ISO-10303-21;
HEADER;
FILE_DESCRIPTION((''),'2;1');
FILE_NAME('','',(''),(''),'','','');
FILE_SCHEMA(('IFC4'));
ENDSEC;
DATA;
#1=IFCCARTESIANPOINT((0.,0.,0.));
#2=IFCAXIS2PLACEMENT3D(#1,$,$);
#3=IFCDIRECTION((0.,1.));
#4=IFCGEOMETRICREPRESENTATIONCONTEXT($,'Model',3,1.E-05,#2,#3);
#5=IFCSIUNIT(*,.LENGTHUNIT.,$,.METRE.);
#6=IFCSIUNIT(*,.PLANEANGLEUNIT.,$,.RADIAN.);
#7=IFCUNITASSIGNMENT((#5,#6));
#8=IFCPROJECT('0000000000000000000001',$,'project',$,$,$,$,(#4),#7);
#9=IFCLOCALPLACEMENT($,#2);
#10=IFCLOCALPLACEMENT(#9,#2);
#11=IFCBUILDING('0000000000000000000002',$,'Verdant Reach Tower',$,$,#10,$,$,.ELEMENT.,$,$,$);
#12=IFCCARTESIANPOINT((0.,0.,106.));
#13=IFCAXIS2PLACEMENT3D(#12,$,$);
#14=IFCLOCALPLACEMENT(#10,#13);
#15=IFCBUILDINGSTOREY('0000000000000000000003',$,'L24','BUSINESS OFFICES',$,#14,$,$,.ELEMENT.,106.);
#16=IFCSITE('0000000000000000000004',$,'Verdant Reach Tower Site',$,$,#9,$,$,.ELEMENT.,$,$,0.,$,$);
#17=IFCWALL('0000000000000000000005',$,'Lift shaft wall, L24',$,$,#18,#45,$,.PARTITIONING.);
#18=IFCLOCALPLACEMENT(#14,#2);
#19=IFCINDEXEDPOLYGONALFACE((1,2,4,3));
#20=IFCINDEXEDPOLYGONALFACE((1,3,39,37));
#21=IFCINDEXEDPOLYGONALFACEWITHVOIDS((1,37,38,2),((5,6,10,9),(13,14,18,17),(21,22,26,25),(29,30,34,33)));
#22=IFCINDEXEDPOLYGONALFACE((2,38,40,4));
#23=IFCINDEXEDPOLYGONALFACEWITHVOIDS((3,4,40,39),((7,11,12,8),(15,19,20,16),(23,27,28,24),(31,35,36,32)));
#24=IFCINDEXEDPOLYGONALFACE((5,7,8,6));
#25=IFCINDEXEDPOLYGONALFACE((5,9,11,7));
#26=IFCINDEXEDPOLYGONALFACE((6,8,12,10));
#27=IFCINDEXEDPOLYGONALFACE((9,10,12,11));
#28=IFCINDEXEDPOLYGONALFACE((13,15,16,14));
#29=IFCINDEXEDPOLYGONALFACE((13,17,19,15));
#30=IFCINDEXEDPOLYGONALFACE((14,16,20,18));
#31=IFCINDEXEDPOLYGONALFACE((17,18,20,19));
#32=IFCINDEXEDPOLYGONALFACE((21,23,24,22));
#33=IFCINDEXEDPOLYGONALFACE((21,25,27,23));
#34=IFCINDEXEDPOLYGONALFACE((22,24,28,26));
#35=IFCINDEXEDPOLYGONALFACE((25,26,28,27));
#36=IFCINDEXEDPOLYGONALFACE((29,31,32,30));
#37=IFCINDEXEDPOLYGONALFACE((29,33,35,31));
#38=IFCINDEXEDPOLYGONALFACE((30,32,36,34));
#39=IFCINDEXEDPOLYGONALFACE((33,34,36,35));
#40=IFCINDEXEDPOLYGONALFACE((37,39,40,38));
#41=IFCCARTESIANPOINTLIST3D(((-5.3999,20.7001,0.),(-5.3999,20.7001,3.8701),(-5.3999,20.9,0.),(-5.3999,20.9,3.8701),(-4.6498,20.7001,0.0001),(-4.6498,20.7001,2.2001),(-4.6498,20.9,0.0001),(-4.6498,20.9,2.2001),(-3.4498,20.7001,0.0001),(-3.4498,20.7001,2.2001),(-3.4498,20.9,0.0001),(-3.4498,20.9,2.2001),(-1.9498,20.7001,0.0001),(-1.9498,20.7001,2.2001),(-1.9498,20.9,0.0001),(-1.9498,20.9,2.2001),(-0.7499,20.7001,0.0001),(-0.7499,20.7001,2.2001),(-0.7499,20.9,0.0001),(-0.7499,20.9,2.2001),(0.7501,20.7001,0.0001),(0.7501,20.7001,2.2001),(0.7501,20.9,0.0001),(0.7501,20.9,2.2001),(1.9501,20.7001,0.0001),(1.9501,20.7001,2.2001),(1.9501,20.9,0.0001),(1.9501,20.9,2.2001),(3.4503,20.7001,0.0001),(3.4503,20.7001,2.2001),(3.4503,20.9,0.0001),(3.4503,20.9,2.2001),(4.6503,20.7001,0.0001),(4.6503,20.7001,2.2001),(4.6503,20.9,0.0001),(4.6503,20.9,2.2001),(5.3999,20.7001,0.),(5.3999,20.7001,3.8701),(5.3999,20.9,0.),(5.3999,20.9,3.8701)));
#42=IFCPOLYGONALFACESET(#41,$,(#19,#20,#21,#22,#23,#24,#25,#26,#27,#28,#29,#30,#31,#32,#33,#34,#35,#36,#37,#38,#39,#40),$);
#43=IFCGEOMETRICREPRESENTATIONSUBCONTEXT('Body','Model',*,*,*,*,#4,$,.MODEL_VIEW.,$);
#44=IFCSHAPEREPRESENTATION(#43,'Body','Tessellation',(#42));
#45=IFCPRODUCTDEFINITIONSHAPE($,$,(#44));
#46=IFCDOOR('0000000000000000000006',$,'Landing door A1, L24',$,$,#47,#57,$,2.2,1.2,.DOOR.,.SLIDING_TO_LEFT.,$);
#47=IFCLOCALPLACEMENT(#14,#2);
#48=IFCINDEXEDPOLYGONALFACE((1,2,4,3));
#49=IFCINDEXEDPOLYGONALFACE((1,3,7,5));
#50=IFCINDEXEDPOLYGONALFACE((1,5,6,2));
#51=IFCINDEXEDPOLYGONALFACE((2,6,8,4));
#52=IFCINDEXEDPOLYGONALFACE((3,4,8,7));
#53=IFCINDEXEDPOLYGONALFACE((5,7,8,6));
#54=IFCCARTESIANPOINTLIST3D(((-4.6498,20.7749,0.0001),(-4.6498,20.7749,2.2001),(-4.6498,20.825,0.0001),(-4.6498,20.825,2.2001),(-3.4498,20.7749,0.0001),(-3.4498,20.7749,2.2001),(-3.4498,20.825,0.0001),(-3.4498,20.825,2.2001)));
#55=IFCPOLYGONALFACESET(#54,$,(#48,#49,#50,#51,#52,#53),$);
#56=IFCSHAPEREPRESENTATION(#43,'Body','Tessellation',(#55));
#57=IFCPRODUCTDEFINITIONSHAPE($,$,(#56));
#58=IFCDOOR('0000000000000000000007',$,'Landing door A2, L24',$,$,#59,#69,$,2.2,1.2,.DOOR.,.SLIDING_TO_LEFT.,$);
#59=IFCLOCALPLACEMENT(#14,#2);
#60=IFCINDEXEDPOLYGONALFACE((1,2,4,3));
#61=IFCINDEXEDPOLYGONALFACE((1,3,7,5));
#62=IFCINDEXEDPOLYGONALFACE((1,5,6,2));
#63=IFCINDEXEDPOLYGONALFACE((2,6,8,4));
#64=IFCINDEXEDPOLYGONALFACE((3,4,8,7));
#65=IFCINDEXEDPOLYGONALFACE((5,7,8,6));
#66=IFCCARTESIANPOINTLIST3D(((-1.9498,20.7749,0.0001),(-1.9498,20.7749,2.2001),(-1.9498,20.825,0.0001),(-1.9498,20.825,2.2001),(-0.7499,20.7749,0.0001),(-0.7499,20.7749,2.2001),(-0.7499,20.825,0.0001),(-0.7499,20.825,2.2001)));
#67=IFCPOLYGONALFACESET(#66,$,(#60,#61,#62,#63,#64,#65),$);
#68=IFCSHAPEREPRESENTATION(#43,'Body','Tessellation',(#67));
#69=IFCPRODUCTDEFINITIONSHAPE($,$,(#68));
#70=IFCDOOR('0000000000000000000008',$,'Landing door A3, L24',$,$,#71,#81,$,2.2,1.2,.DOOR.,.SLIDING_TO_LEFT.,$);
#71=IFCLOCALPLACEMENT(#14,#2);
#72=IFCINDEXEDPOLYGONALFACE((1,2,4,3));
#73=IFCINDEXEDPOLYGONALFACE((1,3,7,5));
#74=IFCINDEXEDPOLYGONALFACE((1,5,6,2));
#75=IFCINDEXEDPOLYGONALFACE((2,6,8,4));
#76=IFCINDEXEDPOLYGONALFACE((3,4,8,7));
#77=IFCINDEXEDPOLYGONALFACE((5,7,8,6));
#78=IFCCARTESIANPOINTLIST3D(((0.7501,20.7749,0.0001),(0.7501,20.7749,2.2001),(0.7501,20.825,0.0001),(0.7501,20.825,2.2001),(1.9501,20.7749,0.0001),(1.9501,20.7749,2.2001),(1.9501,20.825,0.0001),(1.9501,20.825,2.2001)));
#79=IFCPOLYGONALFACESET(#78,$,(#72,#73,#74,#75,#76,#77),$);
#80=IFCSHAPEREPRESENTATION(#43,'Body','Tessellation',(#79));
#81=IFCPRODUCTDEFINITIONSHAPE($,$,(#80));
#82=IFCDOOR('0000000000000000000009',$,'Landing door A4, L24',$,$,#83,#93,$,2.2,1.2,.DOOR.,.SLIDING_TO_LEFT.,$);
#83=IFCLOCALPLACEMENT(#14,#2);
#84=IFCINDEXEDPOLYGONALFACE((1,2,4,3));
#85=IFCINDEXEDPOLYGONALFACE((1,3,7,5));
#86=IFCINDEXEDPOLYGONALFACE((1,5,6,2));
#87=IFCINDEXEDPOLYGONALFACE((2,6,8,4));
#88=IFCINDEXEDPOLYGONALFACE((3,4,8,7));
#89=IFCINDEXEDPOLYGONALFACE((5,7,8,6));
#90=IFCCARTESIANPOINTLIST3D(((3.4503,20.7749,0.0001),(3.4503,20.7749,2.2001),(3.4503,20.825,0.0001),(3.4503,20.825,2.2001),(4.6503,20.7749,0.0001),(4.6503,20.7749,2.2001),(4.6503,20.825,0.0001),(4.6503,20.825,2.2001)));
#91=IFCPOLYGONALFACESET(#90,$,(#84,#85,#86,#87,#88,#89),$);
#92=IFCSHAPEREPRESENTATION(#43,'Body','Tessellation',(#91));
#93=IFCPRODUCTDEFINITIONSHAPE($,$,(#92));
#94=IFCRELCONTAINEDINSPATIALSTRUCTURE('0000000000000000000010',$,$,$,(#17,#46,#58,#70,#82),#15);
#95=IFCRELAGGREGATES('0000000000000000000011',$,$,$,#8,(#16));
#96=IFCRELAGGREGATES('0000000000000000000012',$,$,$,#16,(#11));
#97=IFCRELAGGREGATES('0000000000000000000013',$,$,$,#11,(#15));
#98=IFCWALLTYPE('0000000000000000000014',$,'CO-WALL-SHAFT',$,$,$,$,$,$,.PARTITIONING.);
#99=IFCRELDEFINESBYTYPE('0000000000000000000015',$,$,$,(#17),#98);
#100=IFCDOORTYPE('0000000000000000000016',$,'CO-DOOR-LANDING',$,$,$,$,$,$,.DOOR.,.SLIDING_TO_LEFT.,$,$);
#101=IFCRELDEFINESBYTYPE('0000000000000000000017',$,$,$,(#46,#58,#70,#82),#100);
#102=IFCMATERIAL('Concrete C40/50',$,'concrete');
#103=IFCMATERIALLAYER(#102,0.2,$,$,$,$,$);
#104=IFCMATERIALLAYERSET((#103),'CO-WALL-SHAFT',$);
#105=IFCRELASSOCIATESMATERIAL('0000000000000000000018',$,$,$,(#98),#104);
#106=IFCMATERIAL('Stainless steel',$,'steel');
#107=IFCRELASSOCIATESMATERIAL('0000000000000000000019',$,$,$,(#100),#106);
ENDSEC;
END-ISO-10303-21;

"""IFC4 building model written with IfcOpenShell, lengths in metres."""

from ifc_helpers import new_model, si_unit, direction, frame, frame_2d, origin, place, context, subcontext, project, spatial, rectangle, extrude, material, layer, layer_set, type_object, element, fill, save


model = new_model("IFC4")

# Units and contexts
model_context = context("Model", 3, precision=1e-05, world=origin(), true_north=direction((0.0, 1.0)))
body_context = subcontext(model_context, "Body", "Model", "MODEL_VIEW")
ifc_project = project(units=[si_unit("LENGTHUNIT", "METRE"), si_unit("PLANEANGLEUNIT", "RADIAN")], contexts=[model_context])

# Site, building, storey
site_placement = place(None, origin())
site = spatial("IfcSite", under=ifc_project, at=site_placement, Name="Verdant Reach Tower Site", CompositionType="ELEMENT", RefElevation=0.0)
building_placement = place(site_placement, origin())
building = spatial("IfcBuilding", under=site, at=building_placement, Name="Verdant Reach Tower", CompositionType="ELEMENT")
storey_placement = place(building_placement, frame((0.0, 0.0, 106.0)))
storey = spatial("IfcBuildingStorey", under=building, at=storey_placement, Name="L24", Description="BUSINESS OFFICES", CompositionType="ELEMENT", Elevation=106.0)

# Wall, openings, doors
ifc_material_1 = material(Name="Concrete C40/50", Category="concrete")
ifc_layer_1 = layer(ifc_material_1, 0.2)
ifc_layer_set_1 = layer_set([ifc_layer_1], Name="CO-WALL-SHAFT")
wall_type_1 = type_object("IfcWallType", Name="CO-WALL-SHAFT", PredefinedType="PARTITIONING", material=ifc_layer_set_1)
wall_1_placement = place(storey_placement, frame((-5.3999, 20.8, 0.0), z_axis=(0.0, 0.0, 1.0), x_axis=(1.0, 0.0, 0.0)))
wall_1 = element("IfcWall", 1, at=wall_1_placement, inside=storey, type_object=wall_type_1, Name="Lift shaft wall, L24", PredefinedType="PARTITIONING", context=body_context, shape_type="SweptSolid", body=[
    extrude(rectangle(XDim=10.7998, YDim=0.2, at=frame_2d((5.3999, 0.0))), origin(), (0.0, 0.0, 1.0), 3.8701),
])
opening_1_placement = place(wall_1_placement, frame((0.75, 0.0, 0.0)))
opening_1 = element("IfcOpeningElement", 2, at=opening_1_placement, cuts=wall_1, PredefinedType="OPENING", context=body_context, shape_type="SweptSolid", body=[
    extrude(rectangle(XDim=1.2, YDim=2.2, at=frame_2d((0.6001, 1.1001))), frame((0.0, 0.1099, 0.0), z_axis=(0.0, -1.0, 0.0), x_axis=(1.0, 0.0, 0.0)), (0.0, 0.0, 1.0), 0.22),
])
opening_2_placement = place(wall_1_placement, frame((3.45, 0.0, 0.0)))
opening_2 = element("IfcOpeningElement", 3, at=opening_2_placement, cuts=wall_1, PredefinedType="OPENING", context=body_context, shape_type="SweptSolid", body=[
    extrude(rectangle(XDim=1.2, YDim=2.2, at=frame_2d((0.6001, 1.1001))), frame((0.0, 0.1099, 0.0), z_axis=(0.0, -1.0, 0.0), x_axis=(1.0, 0.0, 0.0)), (0.0, 0.0, 1.0), 0.22),
])
opening_3_placement = place(wall_1_placement, frame((6.1499, 0.0, 0.0)))
opening_3 = element("IfcOpeningElement", 4, at=opening_3_placement, cuts=wall_1, PredefinedType="OPENING", context=body_context, shape_type="SweptSolid", body=[
    extrude(rectangle(XDim=1.2, YDim=2.2, at=frame_2d((0.6001, 1.1001))), frame((0.0, 0.1099, 0.0), z_axis=(0.0, -1.0, 0.0), x_axis=(1.0, 0.0, 0.0)), (0.0, 0.0, 1.0), 0.22),
])
opening_4_placement = place(wall_1_placement, frame((8.8501, 0.0, 0.0)))
opening_4 = element("IfcOpeningElement", 5, at=opening_4_placement, cuts=wall_1, PredefinedType="OPENING", context=body_context, shape_type="SweptSolid", body=[
    extrude(rectangle(XDim=1.2, YDim=2.2, at=frame_2d((0.6001, 1.1001))), frame((0.0, 0.1099, 0.0), z_axis=(0.0, -1.0, 0.0), x_axis=(1.0, 0.0, 0.0)), (0.0, 0.0, 1.0), 0.22),
])
ifc_material_2 = material(Name="Stainless steel", Category="steel")
door_type_1 = type_object("IfcDoorType", Name="CO-DOOR-LANDING", OperationType="SLIDING_TO_LEFT", PredefinedType="DOOR", material=ifc_material_2)
door_1_placement = place(opening_1_placement, origin())
door_1 = element("IfcDoor", 6, at=door_1_placement, inside=storey, type_object=door_type_1, Name="Landing door A1, L24", OperationType="SLIDING_TO_LEFT", OverallHeight=2.2, OverallWidth=1.2, PredefinedType="DOOR", context=body_context, shape_type="SweptSolid", body=[
    extrude(rectangle(XDim=1.2, YDim=2.2, at=frame_2d((0.6001, 1.1001))), frame((0.0, 0.0249, 0.0), z_axis=(0.0, -1.0, 0.0), x_axis=(1.0, 0.0, 0.0)), (0.0, 0.0, 1.0), 0.05),
])
fill(opening_1, door_1)
door_2_placement = place(opening_2_placement, origin())
door_2 = element("IfcDoor", 7, at=door_2_placement, inside=storey, type_object=door_type_1, Name="Landing door A2, L24", OperationType="SLIDING_TO_LEFT", OverallHeight=2.2, OverallWidth=1.2, PredefinedType="DOOR", context=body_context, shape_type="SweptSolid", body=[
    extrude(rectangle(XDim=1.2, YDim=2.2, at=frame_2d((0.6001, 1.1001))), frame((0.0, 0.0249, 0.0), z_axis=(0.0, -1.0, 0.0), x_axis=(1.0, 0.0, 0.0)), (0.0, 0.0, 1.0), 0.05),
])
fill(opening_2, door_2)
door_3_placement = place(opening_3_placement, origin())
door_3 = element("IfcDoor", 8, at=door_3_placement, inside=storey, type_object=door_type_1, Name="Landing door A3, L24", OperationType="SLIDING_TO_LEFT", OverallHeight=2.2, OverallWidth=1.2, PredefinedType="DOOR", context=body_context, shape_type="SweptSolid", body=[
    extrude(rectangle(XDim=1.2, YDim=2.2, at=frame_2d((0.6001, 1.1001))), frame((0.0, 0.0249, 0.0), z_axis=(0.0, -1.0, 0.0), x_axis=(1.0, 0.0, 0.0)), (0.0, 0.0, 1.0), 0.05),
])
fill(opening_3, door_3)
door_4_placement = place(opening_4_placement, origin())
door_4 = element("IfcDoor", 9, at=door_4_placement, inside=storey, type_object=door_type_1, Name="Landing door A4, L24", OperationType="SLIDING_TO_LEFT", OverallHeight=2.2, OverallWidth=1.2, PredefinedType="DOOR", context=body_context, shape_type="SweptSolid", body=[
    extrude(rectangle(XDim=1.2, YDim=2.2, at=frame_2d((0.6001, 1.1001))), frame((0.0, 0.0249, 0.0), z_axis=(0.0, -1.0, 0.0), x_axis=(1.0, 0.0, 0.0)), (0.0, 0.0, 1.0), 0.05),
])
fill(opening_4, door_4)

save(model, "model.ifc")
